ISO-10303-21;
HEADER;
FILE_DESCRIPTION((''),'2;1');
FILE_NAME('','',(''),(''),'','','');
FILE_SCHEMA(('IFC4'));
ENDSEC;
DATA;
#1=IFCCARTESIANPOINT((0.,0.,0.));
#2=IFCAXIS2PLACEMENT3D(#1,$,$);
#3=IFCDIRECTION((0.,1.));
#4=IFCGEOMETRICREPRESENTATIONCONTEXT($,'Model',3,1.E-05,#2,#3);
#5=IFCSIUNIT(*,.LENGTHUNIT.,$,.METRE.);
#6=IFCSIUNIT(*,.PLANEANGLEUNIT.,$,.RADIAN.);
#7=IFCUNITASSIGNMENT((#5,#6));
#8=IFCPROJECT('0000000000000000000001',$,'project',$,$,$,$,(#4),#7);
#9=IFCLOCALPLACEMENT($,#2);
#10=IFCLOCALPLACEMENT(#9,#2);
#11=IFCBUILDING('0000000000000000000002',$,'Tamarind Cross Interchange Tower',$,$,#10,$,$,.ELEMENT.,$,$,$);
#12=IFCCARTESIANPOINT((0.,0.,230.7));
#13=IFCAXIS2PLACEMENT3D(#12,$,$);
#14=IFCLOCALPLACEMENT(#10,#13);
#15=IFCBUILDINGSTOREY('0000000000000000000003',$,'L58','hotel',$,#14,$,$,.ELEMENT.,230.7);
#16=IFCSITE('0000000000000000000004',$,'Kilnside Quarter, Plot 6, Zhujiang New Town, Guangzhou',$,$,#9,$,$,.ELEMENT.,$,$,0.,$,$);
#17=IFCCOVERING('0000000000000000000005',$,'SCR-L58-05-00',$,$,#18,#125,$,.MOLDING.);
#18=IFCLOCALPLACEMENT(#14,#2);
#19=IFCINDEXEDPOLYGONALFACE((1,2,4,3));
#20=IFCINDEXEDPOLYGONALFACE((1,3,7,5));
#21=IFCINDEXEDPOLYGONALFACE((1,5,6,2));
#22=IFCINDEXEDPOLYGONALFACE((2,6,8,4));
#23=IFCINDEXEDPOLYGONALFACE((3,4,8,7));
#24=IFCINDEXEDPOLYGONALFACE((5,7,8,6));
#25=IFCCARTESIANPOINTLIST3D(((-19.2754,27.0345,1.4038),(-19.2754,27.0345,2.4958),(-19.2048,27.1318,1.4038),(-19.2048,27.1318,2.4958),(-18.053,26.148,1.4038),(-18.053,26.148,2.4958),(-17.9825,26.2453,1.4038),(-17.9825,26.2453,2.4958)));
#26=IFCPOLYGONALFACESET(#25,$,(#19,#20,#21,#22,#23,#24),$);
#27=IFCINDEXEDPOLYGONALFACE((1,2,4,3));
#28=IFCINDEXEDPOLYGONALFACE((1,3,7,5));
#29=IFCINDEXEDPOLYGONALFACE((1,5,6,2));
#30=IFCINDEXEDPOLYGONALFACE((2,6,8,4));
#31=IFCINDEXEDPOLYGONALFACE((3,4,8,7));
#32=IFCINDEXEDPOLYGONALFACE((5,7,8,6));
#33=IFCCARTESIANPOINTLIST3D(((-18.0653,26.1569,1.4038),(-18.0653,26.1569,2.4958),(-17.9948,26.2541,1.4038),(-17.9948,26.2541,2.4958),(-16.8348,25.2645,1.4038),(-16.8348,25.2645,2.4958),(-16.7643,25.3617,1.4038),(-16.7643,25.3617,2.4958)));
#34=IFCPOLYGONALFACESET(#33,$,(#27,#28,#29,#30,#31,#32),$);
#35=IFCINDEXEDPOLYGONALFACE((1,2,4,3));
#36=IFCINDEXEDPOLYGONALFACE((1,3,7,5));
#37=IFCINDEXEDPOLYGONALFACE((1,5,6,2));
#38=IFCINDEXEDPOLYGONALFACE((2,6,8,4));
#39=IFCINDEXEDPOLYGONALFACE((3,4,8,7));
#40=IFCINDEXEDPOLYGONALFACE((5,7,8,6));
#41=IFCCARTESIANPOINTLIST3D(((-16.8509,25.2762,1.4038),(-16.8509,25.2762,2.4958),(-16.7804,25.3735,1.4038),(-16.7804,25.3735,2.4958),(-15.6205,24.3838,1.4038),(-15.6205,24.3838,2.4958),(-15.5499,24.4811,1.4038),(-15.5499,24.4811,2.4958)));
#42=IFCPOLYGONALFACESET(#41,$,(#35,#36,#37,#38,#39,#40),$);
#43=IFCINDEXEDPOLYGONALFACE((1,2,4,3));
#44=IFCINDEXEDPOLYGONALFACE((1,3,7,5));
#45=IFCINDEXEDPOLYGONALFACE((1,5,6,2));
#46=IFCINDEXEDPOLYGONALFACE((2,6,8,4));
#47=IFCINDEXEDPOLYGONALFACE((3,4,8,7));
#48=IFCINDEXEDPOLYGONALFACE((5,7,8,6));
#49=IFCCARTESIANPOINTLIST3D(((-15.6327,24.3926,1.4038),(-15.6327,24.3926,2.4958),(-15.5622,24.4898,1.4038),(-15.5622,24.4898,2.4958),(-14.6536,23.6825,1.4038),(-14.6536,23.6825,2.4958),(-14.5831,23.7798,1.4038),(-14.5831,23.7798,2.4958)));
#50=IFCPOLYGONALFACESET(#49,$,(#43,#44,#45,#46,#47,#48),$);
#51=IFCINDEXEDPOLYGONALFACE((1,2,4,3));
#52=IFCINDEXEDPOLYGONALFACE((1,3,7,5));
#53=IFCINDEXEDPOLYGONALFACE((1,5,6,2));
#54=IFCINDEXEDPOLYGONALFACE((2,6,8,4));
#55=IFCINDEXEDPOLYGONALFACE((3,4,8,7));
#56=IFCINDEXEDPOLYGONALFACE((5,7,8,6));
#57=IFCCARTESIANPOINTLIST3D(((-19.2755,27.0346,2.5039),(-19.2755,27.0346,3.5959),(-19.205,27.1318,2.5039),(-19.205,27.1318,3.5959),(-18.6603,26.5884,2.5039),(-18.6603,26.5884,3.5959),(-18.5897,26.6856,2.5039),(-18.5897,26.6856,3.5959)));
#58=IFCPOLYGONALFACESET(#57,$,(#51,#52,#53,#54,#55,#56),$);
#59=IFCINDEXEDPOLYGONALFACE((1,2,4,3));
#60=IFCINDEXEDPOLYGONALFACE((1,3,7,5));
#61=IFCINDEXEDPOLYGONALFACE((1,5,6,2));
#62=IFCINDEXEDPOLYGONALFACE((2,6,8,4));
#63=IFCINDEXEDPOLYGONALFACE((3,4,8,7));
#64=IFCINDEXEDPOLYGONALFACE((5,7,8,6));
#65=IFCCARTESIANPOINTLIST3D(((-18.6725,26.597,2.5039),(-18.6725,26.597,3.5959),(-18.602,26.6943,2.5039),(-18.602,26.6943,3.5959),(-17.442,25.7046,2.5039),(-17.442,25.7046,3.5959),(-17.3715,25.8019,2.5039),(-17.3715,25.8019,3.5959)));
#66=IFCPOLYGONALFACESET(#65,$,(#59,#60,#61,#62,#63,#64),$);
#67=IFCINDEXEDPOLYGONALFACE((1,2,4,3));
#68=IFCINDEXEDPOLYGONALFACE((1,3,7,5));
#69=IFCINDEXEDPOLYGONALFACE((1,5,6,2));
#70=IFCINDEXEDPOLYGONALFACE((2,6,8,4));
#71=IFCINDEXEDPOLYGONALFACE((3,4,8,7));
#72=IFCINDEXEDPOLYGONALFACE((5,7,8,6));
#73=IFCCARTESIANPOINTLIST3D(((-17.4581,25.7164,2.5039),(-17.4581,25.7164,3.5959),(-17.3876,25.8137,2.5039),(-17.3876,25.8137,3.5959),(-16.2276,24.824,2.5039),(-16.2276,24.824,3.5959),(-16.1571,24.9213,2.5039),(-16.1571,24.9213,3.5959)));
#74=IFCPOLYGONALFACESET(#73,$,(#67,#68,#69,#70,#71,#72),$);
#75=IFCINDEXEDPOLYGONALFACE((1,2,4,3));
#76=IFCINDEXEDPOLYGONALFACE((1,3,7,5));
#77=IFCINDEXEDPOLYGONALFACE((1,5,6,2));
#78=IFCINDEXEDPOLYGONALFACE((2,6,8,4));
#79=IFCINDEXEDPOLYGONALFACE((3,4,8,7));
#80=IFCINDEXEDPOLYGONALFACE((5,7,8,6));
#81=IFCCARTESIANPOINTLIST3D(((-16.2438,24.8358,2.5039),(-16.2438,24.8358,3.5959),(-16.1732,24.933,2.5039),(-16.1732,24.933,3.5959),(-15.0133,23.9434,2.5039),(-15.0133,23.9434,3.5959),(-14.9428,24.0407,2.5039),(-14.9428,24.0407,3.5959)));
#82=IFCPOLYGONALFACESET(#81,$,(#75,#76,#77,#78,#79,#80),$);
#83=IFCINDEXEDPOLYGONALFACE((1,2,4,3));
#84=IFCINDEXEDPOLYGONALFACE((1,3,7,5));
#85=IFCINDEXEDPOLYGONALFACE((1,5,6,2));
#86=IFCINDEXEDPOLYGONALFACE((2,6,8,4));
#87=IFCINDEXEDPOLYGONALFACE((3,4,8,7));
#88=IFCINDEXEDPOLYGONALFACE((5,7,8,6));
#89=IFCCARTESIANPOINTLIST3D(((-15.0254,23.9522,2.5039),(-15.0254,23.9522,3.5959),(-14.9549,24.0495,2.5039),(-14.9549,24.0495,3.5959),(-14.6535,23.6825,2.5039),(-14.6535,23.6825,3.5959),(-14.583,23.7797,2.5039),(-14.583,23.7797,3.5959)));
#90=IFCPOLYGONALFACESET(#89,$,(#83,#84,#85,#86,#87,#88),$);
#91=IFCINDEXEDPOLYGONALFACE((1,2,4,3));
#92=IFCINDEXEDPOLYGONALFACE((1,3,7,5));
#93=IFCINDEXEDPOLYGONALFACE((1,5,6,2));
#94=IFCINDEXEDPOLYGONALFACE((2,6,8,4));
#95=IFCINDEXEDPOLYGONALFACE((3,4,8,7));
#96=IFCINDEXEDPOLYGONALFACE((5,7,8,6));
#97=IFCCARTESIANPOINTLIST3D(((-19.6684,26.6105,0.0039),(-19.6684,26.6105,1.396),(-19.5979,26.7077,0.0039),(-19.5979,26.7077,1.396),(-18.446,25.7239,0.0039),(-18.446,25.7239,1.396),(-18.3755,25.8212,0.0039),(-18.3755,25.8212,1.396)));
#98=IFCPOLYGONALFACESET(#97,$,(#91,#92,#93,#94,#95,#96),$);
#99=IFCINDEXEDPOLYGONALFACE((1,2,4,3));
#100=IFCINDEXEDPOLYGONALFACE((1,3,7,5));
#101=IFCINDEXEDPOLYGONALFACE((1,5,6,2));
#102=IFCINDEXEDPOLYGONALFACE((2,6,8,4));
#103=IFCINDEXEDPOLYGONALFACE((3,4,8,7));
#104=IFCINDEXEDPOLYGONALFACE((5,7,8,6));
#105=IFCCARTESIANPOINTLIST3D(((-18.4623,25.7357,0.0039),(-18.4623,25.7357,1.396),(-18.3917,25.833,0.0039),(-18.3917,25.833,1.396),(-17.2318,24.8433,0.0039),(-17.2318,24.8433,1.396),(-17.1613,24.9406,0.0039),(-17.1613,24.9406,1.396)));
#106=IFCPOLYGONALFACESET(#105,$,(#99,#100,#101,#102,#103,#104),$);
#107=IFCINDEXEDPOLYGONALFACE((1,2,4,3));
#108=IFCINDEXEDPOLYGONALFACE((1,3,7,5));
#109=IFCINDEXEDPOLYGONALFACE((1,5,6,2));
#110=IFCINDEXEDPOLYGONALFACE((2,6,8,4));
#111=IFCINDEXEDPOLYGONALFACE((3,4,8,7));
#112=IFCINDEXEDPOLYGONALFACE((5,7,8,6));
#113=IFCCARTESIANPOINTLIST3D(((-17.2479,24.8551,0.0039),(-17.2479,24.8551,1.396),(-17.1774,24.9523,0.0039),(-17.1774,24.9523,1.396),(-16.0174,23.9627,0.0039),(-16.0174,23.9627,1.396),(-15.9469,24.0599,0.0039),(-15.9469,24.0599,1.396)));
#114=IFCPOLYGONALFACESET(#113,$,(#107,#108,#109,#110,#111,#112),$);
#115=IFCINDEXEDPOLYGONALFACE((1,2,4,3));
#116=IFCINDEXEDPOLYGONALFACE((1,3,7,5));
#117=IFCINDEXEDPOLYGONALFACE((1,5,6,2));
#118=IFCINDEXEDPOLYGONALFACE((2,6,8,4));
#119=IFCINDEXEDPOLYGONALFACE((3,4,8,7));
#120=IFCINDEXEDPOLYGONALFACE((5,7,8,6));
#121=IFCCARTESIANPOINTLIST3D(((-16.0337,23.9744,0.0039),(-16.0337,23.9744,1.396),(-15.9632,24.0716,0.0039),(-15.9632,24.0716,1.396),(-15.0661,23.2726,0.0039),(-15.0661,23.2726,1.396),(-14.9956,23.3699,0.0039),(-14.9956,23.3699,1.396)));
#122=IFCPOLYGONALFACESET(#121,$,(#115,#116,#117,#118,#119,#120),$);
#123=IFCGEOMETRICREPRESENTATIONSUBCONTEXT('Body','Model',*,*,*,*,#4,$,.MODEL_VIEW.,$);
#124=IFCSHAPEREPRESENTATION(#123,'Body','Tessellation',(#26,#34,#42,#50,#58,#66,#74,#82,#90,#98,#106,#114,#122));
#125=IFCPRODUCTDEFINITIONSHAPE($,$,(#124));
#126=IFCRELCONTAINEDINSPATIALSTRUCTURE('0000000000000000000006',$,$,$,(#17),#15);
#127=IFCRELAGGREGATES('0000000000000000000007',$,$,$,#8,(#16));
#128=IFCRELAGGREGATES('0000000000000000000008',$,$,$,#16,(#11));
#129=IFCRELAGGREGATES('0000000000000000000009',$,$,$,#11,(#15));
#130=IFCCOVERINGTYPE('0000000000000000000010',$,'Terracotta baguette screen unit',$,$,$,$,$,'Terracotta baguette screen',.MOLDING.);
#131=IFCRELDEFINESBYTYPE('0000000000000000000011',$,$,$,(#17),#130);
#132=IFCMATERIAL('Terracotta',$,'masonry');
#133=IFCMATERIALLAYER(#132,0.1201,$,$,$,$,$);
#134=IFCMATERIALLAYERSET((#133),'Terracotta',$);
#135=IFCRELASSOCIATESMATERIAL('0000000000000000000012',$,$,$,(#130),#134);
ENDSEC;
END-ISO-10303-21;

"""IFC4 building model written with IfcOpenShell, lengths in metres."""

from ifc_helpers import new_model, si_unit, direction, frame, origin, origin_2d, place, context, subcontext, project, spatial, rectangle, extrude, material, layer, layer_set, type_object, element, save


model = new_model("IFC4")

# Units and contexts
model_context = context("Model", 3, precision=1e-05, world=origin(), true_north=direction((0.0, 1.0)))
body_context = subcontext(model_context, "Body", "Model", "MODEL_VIEW")
ifc_project = project(units=[si_unit("LENGTHUNIT", "METRE"), si_unit("PLANEANGLEUNIT", "RADIAN")], contexts=[model_context])

# Site, building, storey
site_placement = place(None, origin())
site = spatial("IfcSite", under=ifc_project, at=site_placement, Name="Kilnside Quarter, Plot 6, Zhujiang New Town, Guangzhou", CompositionType="ELEMENT", RefElevation=0.0)
building_placement = place(site_placement, origin())
building = spatial("IfcBuilding", under=site, at=building_placement, Name="Tamarind Cross Interchange Tower", CompositionType="ELEMENT")
storey_placement = place(building_placement, frame((0.0, 0.0, 230.7)))
storey = spatial("IfcBuildingStorey", under=building, at=storey_placement, Name="L58", Description="hotel", CompositionType="ELEMENT", Elevation=230.7)

# Covering
ifc_material_1 = material(Name="Terracotta", Category="masonry")
ifc_layer_1 = layer(ifc_material_1, 0.1201)
ifc_layer_set_1 = layer_set([ifc_layer_1], Name="Terracotta")
covering_type = type_object("IfcCoveringType", Name="Terracotta baguette screen unit", ElementType="Terracotta baguette screen", PredefinedType="MOLDING", material=ifc_layer_set_1)
covering_1_placement = place(storey_placement, origin())
element("IfcCovering", 1, at=covering_1_placement, inside=storey, type_object=covering_type, Name="SCR-L58-05-00", PredefinedType="MOLDING", context=body_context, shape_type="SweptSolid", body=[
    extrude(rectangle(XDim=1.51, YDim=0.1201, at=origin_2d()), frame((-18.6289, 26.6399, 1.4038), z_axis=(0.0, 0.0, 1.0), x_axis=(0.809517, -0.587096, 0.0)), (0.0, 0.0, 1.0), 1.092),
    extrude(rectangle(XDim=1.52, YDim=0.1201, at=origin_2d()), frame((-17.4148, 25.7593, 1.4038), z_axis=(0.0, 0.0, 1.0), x_axis=(0.809517, -0.587096, 0.0)), (0.0, 0.0, 1.0), 1.092),
    extrude(rectangle(XDim=1.52, YDim=0.1201, at=origin_2d()), frame((-16.2004, 24.8787, 1.4038), z_axis=(0.0, 0.0, 1.0), x_axis=(0.809517, -0.587096, 0.0)), (0.0, 0.0, 1.0), 1.092),
    extrude(rectangle(XDim=1.2095, YDim=0.1201, at=origin_2d()), frame((-15.1079, 24.0862, 1.4038), z_axis=(0.0, 0.0, 1.0), x_axis=(0.809517, -0.587096, 0.0)), (0.0, 0.0, 1.0), 1.092),
    extrude(rectangle(XDim=0.76, YDim=0.1201, at=origin_2d()), frame((-18.9326, 26.8601, 2.5039), z_axis=(0.0, 0.0, 1.0), x_axis=(0.809517, -0.587096, 0.0)), (0.0, 0.0, 1.0), 1.092),
    extrude(rectangle(XDim=1.52, YDim=0.1201, at=origin_2d()), frame((-18.022, 26.1995, 2.5039), z_axis=(0.0, 0.0, 1.0), x_axis=(0.809517, -0.587096, 0.0)), (0.0, 0.0, 1.0), 1.092),
    extrude(rectangle(XDim=1.52, YDim=0.1201, at=origin_2d()), frame((-16.8076, 25.3188, 2.5039), z_axis=(0.0, 0.0, 1.0), x_axis=(0.809517, -0.587096, 0.0)), (0.0, 0.0, 1.0), 1.092),
    extrude(rectangle(XDim=1.52, YDim=0.1201, at=origin_2d()), frame((-15.5933, 24.4382, 2.5039), z_axis=(0.0, 0.0, 1.0), x_axis=(0.809517, -0.587096, 0.0)), (0.0, 0.0, 1.0), 1.092),
    extrude(rectangle(XDim=0.4595, YDim=0.1201, at=origin_2d()), frame((-14.8042, 23.866, 2.5039), z_axis=(0.0, 0.0, 1.0), x_axis=(0.809517, -0.587096, 0.0)), (0.0, 0.0, 1.0), 1.092),
    extrude(rectangle(XDim=1.51, YDim=0.1201, at=origin_2d()), frame((-19.022, 26.2158, 0.0039), z_axis=(0.0, 0.0, 1.0), x_axis=(0.809517, -0.587096, 0.0)), (0.0, 0.0, 1.0), 1.3921),
    extrude(rectangle(XDim=1.52, YDim=0.1201, at=origin_2d()), frame((-17.8118, 25.3381, 0.0039), z_axis=(0.0, 0.0, 1.0), x_axis=(0.809517, -0.587096, 0.0)), (0.0, 0.0, 1.0), 1.3921),
    extrude(rectangle(XDim=1.52, YDim=0.1201, at=origin_2d()), frame((-16.5974, 24.4575, 0.0039), z_axis=(0.0, 0.0, 1.0), x_axis=(0.809517, -0.587096, 0.0)), (0.0, 0.0, 1.0), 1.3921),
    extrude(rectangle(XDim=1.1953, YDim=0.1201, at=origin_2d()), frame((-15.5146, 23.6721, 0.0039), z_axis=(0.0, 0.0, 1.0), x_axis=(0.809517, -0.587096, 0.0)), (0.0, 0.0, 1.0), 1.3921),
])

save(model, "model.ifc")
